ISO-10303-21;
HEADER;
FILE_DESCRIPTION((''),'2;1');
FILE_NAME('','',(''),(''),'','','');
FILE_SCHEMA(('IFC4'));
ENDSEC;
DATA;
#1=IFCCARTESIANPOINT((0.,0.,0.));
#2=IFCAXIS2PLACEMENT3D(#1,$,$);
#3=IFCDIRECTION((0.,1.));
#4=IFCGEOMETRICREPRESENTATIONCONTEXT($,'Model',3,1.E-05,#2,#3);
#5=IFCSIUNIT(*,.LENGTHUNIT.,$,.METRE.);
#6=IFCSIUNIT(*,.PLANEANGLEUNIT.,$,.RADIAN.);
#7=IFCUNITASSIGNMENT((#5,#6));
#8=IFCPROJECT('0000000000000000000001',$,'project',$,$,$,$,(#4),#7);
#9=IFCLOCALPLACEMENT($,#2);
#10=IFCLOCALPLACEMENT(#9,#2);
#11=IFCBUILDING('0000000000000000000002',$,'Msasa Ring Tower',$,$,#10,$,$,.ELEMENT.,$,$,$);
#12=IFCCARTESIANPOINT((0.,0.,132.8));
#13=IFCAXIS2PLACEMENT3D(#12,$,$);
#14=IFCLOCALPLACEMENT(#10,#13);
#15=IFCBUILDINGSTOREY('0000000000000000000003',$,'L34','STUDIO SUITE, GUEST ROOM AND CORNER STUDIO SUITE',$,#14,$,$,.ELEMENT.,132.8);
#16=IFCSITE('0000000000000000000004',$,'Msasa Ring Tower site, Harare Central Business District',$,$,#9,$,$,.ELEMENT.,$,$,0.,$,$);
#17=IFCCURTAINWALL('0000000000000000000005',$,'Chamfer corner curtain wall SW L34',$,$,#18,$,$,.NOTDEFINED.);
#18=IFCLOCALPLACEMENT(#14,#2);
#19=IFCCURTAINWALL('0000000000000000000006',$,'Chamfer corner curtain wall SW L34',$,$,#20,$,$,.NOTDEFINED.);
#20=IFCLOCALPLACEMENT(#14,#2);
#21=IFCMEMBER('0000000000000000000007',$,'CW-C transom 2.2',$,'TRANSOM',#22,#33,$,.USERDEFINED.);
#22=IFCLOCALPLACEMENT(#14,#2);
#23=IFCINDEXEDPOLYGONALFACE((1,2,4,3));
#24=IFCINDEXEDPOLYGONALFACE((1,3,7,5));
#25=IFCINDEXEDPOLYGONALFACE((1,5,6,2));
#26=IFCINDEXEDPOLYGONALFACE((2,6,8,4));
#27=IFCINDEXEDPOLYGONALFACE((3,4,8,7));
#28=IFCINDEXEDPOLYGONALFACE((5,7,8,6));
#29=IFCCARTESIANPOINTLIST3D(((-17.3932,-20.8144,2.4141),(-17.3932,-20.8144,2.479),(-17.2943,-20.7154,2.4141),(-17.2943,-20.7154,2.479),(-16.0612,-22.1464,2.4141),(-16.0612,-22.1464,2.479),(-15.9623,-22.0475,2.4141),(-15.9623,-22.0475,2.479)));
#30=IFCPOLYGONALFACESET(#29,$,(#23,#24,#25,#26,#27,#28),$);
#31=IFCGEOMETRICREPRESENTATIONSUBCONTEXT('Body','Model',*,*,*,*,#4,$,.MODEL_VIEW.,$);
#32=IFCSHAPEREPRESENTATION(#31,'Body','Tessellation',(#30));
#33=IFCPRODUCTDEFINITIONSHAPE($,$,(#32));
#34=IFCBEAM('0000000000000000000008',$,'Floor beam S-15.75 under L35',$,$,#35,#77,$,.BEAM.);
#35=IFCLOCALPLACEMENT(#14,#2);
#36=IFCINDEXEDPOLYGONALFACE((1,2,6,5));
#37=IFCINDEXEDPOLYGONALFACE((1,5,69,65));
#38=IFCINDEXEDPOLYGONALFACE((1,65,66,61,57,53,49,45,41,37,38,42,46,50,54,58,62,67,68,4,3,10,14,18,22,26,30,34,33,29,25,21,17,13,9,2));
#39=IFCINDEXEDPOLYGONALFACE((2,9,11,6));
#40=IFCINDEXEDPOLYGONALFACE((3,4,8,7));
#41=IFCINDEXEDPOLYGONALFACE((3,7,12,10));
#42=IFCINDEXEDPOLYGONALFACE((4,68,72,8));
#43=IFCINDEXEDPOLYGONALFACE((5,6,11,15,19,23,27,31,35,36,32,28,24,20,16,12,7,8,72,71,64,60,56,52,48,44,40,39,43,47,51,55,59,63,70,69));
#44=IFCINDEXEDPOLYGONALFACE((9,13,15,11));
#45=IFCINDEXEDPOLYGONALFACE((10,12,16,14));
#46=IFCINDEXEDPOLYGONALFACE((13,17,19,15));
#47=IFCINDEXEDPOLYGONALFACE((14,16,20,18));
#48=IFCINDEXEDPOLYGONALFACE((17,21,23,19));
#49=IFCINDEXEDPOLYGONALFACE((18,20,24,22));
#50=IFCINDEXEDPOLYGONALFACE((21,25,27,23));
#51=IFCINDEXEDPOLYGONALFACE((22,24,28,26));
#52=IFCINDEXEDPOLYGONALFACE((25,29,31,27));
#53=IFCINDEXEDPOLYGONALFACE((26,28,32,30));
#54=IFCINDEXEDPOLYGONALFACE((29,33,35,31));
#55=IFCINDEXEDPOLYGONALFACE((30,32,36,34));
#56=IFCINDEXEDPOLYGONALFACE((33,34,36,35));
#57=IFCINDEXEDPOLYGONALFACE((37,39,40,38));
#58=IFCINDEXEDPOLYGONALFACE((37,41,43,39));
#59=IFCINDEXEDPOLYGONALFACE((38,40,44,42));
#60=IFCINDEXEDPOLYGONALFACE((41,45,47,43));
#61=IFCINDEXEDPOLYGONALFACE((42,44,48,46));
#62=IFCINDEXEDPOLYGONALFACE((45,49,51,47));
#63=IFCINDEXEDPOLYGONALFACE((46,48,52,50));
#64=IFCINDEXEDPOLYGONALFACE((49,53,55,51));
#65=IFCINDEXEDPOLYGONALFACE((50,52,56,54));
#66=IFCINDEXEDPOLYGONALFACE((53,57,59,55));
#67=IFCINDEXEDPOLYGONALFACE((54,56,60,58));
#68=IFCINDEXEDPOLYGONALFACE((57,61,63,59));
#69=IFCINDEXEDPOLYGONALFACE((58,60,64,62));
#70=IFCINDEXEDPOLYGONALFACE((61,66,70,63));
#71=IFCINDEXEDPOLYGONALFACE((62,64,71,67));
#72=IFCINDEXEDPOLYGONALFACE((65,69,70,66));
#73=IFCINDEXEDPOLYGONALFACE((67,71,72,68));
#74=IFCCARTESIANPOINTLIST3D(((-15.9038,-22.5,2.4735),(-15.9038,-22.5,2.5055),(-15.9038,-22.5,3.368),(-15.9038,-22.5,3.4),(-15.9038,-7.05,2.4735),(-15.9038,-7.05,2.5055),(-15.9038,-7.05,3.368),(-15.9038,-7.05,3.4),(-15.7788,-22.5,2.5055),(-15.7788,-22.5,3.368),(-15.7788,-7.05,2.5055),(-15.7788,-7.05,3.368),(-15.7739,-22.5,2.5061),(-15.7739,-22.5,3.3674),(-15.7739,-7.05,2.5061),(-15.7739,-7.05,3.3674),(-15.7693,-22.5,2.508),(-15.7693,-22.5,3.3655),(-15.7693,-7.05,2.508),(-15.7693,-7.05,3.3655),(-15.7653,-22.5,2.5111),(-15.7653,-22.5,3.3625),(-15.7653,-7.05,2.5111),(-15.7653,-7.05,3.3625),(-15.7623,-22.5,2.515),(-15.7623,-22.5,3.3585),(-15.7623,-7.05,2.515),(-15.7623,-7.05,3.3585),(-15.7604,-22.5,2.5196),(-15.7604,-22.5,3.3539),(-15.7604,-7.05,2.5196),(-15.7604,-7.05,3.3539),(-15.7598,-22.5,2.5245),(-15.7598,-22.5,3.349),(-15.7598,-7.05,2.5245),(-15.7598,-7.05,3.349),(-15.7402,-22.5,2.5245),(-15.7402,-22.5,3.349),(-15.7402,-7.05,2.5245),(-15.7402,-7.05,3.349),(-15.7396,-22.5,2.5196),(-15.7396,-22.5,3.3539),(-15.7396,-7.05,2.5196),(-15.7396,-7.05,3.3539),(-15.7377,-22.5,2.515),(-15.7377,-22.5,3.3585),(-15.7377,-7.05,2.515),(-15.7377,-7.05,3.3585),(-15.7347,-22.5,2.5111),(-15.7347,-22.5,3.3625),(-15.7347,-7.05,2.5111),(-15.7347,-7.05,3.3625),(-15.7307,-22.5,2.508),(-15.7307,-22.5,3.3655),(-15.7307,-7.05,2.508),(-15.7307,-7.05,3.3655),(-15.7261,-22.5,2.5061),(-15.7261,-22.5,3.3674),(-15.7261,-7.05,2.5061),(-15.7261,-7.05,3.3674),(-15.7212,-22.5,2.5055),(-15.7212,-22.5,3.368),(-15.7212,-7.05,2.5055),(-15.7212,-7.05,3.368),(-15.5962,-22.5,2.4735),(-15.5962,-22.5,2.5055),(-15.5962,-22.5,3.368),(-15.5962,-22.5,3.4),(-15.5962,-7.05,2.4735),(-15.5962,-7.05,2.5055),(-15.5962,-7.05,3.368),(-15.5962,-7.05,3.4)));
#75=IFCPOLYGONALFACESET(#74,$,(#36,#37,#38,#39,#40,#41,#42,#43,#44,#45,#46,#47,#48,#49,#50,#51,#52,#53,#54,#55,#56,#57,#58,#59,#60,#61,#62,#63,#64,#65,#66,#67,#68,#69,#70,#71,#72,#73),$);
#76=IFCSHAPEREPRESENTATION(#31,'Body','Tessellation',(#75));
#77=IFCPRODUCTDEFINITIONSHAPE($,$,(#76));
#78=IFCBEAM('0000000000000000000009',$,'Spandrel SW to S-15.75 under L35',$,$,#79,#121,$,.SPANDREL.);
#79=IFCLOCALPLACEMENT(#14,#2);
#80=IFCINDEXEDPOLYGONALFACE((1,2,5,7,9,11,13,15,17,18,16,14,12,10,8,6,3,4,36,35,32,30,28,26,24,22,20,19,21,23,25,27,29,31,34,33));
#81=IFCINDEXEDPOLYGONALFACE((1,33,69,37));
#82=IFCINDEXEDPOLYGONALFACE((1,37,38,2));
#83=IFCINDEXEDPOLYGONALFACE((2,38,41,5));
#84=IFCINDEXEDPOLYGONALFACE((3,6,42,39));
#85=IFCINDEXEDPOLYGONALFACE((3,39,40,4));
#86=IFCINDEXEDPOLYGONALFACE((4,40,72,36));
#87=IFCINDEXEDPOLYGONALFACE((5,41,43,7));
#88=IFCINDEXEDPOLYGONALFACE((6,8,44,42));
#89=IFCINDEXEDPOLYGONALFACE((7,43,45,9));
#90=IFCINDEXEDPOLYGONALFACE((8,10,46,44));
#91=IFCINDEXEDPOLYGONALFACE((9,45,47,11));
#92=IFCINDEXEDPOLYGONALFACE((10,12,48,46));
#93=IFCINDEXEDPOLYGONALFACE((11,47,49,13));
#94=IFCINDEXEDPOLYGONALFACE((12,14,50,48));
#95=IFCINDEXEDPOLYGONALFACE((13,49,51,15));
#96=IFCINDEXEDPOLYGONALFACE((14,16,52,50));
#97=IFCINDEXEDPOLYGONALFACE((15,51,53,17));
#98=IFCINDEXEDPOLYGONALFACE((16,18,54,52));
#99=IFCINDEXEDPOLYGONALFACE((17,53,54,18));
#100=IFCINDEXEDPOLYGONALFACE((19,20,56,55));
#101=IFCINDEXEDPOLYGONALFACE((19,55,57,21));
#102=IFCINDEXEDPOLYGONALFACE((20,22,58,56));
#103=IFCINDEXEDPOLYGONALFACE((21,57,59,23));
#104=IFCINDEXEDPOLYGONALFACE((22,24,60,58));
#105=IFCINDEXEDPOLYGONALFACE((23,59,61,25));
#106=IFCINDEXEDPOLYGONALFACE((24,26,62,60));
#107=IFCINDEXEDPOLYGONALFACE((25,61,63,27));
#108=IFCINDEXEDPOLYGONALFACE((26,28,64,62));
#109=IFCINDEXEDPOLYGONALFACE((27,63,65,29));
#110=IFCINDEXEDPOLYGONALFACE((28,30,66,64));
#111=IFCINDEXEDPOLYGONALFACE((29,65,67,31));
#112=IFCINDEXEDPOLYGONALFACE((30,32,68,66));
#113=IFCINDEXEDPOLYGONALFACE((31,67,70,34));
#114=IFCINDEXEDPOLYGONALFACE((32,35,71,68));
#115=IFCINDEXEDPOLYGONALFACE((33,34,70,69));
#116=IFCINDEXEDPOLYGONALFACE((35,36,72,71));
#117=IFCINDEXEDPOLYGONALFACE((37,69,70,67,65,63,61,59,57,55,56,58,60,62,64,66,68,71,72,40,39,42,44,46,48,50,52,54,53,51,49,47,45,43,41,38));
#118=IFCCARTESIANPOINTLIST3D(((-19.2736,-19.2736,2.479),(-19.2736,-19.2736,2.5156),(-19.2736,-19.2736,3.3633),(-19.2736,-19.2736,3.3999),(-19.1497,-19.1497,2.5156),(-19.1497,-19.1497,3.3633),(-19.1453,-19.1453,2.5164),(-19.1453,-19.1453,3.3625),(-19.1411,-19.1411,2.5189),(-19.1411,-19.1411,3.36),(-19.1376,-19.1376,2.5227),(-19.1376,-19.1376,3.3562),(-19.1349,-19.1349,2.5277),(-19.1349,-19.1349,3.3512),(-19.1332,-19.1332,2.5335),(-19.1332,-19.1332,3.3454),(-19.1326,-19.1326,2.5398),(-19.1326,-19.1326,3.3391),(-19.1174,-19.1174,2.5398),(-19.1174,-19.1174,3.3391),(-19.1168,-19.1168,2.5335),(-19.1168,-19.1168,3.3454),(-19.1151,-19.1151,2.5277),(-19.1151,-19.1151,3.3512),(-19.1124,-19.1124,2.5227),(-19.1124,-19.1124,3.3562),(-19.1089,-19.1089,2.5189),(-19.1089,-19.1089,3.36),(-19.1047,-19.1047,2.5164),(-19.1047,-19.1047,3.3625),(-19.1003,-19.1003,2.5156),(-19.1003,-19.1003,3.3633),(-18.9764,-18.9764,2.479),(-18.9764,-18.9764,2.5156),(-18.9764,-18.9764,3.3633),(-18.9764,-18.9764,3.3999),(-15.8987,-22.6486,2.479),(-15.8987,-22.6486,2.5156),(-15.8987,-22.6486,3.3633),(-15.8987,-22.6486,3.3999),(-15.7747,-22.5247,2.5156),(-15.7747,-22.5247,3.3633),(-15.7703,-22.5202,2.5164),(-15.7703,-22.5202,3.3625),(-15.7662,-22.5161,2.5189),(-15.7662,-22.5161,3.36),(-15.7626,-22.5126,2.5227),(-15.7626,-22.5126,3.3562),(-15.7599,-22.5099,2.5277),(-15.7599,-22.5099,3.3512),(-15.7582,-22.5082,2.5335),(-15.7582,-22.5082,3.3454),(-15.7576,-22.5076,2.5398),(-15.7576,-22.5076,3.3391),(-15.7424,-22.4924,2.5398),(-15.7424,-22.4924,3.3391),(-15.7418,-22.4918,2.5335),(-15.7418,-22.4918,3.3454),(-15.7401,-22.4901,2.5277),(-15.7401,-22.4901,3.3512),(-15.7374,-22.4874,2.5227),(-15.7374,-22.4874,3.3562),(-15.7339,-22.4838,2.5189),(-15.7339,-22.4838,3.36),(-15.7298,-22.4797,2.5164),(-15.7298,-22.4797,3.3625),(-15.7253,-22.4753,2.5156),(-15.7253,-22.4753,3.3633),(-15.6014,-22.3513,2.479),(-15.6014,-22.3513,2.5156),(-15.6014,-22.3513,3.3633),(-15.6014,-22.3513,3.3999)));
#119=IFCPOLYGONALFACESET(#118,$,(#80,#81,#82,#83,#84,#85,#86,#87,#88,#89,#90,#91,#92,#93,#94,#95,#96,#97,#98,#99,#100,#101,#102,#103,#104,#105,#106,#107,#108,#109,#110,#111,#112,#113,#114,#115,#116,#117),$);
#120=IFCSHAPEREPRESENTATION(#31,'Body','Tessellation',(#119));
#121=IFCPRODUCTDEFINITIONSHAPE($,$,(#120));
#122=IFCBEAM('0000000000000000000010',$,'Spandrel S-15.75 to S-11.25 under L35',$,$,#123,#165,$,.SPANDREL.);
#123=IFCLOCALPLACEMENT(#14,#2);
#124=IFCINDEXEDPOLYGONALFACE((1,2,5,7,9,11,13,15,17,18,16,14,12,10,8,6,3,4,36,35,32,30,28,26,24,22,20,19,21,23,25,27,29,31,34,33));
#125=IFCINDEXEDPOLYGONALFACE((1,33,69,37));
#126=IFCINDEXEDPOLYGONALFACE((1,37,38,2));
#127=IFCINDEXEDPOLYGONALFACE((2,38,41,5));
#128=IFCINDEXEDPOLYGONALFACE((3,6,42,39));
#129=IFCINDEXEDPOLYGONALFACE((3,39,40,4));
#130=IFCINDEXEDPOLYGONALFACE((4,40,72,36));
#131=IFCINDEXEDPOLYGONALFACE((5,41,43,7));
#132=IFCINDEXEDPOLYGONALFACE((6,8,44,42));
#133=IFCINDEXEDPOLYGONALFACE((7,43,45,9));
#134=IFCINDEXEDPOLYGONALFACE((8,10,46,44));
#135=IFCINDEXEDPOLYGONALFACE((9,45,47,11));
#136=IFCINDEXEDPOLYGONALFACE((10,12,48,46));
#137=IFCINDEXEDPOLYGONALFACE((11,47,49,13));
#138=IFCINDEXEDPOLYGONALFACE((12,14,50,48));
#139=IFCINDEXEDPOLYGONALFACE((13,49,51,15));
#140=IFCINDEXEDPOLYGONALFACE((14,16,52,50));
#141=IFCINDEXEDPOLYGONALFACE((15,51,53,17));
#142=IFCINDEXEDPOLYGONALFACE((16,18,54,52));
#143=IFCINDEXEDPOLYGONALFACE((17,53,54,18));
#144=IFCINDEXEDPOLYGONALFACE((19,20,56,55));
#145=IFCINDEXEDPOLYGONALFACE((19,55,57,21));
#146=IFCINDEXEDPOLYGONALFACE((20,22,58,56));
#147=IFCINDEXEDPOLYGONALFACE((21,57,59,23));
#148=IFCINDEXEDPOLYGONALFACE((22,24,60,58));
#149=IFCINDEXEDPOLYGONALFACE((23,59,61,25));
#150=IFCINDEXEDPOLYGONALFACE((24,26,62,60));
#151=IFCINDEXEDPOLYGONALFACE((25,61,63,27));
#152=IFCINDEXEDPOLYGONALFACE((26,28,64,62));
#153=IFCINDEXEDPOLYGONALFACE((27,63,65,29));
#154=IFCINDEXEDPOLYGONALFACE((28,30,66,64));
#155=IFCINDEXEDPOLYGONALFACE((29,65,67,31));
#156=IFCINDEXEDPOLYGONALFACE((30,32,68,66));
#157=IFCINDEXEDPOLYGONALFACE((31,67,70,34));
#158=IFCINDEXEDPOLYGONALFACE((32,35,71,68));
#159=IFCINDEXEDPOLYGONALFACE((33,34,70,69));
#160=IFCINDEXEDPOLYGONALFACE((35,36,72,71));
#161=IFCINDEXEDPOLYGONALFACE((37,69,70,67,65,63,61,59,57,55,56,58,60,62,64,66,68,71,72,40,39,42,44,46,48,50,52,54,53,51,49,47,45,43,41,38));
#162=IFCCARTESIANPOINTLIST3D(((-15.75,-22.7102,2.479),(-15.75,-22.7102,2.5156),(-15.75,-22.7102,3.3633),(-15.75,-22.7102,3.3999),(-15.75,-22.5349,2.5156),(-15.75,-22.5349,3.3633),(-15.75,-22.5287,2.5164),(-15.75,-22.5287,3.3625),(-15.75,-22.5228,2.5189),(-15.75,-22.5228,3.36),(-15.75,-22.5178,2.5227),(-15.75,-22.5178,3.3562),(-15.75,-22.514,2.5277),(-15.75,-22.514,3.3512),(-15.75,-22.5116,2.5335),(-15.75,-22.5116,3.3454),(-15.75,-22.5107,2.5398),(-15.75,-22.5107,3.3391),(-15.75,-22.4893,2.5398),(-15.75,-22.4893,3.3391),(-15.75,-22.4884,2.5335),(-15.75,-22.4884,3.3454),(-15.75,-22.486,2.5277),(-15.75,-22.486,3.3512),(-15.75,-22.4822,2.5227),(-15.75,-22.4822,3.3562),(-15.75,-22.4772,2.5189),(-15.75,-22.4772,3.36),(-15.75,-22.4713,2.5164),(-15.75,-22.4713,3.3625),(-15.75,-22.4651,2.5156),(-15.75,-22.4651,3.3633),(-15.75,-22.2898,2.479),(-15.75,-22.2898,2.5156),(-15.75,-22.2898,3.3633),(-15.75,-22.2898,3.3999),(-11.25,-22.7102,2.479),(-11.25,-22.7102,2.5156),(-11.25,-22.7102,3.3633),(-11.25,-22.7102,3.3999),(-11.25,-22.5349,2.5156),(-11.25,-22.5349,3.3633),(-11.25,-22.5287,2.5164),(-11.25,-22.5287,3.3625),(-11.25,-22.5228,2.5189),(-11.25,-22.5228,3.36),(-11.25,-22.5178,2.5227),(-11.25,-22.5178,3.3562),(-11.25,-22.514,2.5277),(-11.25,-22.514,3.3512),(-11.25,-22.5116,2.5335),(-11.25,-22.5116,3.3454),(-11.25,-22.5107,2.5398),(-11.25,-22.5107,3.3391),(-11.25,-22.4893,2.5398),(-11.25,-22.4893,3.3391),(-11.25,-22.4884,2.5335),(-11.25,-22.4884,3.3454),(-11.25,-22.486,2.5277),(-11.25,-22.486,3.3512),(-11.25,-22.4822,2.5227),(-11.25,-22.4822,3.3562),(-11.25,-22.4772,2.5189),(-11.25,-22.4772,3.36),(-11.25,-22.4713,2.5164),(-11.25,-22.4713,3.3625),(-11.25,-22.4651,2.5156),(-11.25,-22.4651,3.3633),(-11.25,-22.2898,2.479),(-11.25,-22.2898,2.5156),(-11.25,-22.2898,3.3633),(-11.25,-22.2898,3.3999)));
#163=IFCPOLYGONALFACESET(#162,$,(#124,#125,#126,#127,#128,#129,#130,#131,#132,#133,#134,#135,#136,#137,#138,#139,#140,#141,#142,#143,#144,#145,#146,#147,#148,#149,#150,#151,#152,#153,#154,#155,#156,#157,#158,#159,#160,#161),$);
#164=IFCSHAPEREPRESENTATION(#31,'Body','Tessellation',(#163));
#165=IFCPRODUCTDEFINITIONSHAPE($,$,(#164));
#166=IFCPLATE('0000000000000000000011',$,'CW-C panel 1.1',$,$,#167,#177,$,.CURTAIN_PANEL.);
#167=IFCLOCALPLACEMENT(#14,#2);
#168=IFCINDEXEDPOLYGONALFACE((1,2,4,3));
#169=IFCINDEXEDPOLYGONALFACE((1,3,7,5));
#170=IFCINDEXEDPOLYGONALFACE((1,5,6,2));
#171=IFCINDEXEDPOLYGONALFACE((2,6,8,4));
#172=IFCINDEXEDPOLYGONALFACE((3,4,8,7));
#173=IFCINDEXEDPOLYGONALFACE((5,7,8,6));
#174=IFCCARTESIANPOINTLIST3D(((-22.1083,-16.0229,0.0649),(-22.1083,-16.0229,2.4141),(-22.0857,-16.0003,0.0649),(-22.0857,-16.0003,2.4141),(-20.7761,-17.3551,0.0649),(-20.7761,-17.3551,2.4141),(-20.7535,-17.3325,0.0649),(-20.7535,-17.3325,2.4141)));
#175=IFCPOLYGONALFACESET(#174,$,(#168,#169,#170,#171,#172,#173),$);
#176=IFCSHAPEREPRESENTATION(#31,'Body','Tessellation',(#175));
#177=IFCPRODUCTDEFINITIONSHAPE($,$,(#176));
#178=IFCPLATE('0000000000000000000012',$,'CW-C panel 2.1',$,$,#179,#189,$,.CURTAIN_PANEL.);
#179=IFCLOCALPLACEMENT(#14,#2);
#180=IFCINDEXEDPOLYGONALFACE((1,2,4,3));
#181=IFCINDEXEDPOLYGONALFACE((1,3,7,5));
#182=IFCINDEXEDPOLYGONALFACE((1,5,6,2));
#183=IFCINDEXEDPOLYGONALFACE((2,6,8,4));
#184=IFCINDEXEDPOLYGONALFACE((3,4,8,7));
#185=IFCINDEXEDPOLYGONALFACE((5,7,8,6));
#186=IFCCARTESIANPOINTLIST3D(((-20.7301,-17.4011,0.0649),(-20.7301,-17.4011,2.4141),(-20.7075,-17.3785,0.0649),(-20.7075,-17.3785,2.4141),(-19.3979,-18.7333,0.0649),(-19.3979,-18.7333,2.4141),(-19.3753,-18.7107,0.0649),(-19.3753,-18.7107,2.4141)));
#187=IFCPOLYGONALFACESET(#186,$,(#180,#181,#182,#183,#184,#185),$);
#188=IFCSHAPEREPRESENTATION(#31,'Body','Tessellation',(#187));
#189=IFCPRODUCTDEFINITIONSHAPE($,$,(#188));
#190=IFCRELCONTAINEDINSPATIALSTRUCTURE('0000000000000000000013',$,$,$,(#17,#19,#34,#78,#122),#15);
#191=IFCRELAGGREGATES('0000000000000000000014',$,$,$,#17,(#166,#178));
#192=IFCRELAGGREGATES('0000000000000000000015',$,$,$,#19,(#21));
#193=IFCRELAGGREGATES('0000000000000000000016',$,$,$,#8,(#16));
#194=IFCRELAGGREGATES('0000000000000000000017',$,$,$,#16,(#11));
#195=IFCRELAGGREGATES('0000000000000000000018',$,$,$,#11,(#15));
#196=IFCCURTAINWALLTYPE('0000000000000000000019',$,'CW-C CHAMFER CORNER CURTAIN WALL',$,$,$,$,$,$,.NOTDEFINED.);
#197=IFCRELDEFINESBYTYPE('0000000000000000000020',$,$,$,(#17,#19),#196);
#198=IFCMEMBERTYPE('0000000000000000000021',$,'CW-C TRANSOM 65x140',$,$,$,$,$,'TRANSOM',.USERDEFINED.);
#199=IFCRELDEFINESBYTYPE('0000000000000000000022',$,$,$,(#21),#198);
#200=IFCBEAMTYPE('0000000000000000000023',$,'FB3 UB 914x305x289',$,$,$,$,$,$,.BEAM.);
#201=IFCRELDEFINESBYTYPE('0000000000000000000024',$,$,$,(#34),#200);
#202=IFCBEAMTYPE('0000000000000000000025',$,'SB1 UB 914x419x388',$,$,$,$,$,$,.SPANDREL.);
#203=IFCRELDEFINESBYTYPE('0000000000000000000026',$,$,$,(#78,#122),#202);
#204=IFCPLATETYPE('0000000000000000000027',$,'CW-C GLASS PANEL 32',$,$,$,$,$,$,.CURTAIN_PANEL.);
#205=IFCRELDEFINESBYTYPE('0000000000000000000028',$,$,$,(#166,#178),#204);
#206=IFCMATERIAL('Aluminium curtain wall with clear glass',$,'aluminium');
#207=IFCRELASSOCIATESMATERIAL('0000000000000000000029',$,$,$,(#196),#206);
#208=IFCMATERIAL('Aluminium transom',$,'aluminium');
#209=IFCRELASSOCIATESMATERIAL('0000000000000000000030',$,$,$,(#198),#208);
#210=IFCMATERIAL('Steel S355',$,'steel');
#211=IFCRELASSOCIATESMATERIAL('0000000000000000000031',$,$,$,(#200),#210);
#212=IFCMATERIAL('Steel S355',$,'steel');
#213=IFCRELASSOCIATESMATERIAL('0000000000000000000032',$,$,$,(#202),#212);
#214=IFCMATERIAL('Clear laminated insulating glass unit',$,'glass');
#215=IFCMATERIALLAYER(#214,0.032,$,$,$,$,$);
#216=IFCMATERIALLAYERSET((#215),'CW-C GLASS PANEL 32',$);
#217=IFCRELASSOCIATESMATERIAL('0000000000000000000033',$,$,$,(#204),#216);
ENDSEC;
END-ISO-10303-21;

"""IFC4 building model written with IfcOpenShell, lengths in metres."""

from ifc_helpers import new_model, si_unit, direction, frame, origin, origin_2d, place, context, subcontext, project, spatial, rectangle, i_section, extrude, material, layer, layer_set, material_profile, profile_set, type_object, element, aggregate, save


model = new_model("IFC4")

# Units and contexts
model_context = context("Model", 3, precision=1e-05, world=origin(), true_north=direction((0.0, 1.0)))
body_context = subcontext(model_context, "Body", "Model", "MODEL_VIEW")
ifc_project = project(units=[si_unit("LENGTHUNIT", "METRE"), si_unit("PLANEANGLEUNIT", "RADIAN")], contexts=[model_context])

# Site, building, storey
site_placement = place(None, origin())
site = spatial("IfcSite", under=ifc_project, at=site_placement, Name="Msasa Ring Tower site, Harare Central Business District", CompositionType="ELEMENT", RefElevation=0.0)
building_placement = place(site_placement, origin())
building = spatial("IfcBuilding", under=site, at=building_placement, Name="Msasa Ring Tower", CompositionType="ELEMENT")
storey_placement = place(building_placement, frame((0.0, 0.0, 132.8)))
storey = spatial("IfcBuildingStorey", under=building, at=storey_placement, Name="L34", Description="STUDIO SUITE, GUEST ROOM AND CORNER STUDIO SUITE", CompositionType="ELEMENT", Elevation=132.8)

# Curtain walls
ifc_material_1 = material(Name="Aluminium curtain wall with clear glass", Category="aluminium")
curtain_wall_type = type_object("IfcCurtainWallType", Name="CW-C CHAMFER CORNER CURTAIN WALL", PredefinedType="NOTDEFINED", material=ifc_material_1)
curtain_wall_1_placement = place(storey_placement, origin())
curtain_wall_1 = element("IfcCurtainWall", 1, at=curtain_wall_1_placement, inside=storey, type_object=curtain_wall_type, Name="Chamfer corner curtain wall SW L34", PredefinedType="NOTDEFINED")
curtain_wall_2_placement = place(storey_placement, origin())
curtain_wall_2 = element("IfcCurtainWall", 2, at=curtain_wall_2_placement, inside=storey, type_object=curtain_wall_type, Name="Chamfer corner curtain wall SW L34", PredefinedType="NOTDEFINED")

# Member
ifc_material_2 = material(Name="Aluminium transom", Category="aluminium")
ifc_material_profile_1 = material_profile(ifc_material_2, rectangle(XDim=0.1399, YDim=0.0649, at=origin_2d()), Name="AL 65x140")
ifc_profile_set_1 = profile_set([ifc_material_profile_1], Name="Aluminium transom")
member_type_1 = type_object("IfcMemberType", Name="CW-C TRANSOM 65x140", ElementType="TRANSOM", PredefinedType="USERDEFINED", material=ifc_profile_set_1)
member_1_placement = place(storey_placement, frame((-17.3438, -20.7649, 2.4465), z_axis=(0.707107, -0.707107, 0.0), x_axis=(0.707107, 0.707107, 0.0)))
member_1 = element("IfcMember", 3, at=member_1_placement, type_object=member_type_1, Name="CW-C transom 2.2", ObjectType="TRANSOM", PredefinedType="USERDEFINED", context=body_context, shape_type="SweptSolid", body=[
    extrude(rectangle(XDim=0.1399, YDim=0.0649, at=origin_2d()), origin(), (0.0, 0.0, 1.0), 1.8838),
])

# Beams
ifc_material_3 = material(Name="Steel S355", Category="steel")
ifc_material_profile_2 = material_profile(ifc_material_3, i_section(OverallWidth=0.3076, OverallDepth=0.9265, WebThickness=0.0195, FlangeThickness=0.032, FilletRadius=0.019, at=origin_2d()), Name="UB 914x305x289")
ifc_profile_set_2 = profile_set([ifc_material_profile_2], Name="Steel S355")
beam_type_1 = type_object("IfcBeamType", Name="FB3 UB 914x305x289", PredefinedType="BEAM", material=ifc_profile_set_2)
beam_1_placement = place(storey_placement, frame((-15.75, -22.5, 2.9368), z_axis=(0.0, 1.0, 0.0), x_axis=(-1.0, 0.0, 0.0)))
element("IfcBeam", 4, at=beam_1_placement, inside=storey, type_object=beam_type_1, Name="Floor beam S-15.75 under L35", PredefinedType="BEAM", context=body_context, shape_type="SweptSolid", body=[
    extrude(i_section(OverallWidth=0.3076, OverallDepth=0.9265, WebThickness=0.0195, FlangeThickness=0.032, FilletRadius=0.019, at=origin_2d()), origin(), (0.0, 0.0, 1.0), 15.45),
])
ifc_material_4 = material(Name="Steel S355", Category="steel")
ifc_material_profile_3 = material_profile(ifc_material_4, i_section(OverallWidth=0.4204, OverallDepth=0.9209, WebThickness=0.0215, FlangeThickness=0.0366, FilletRadius=0.0242, at=origin_2d()), Name="UB 914x419x388")
ifc_profile_set_3 = profile_set([ifc_material_profile_3], Name="Steel S355")
beam_type_2 = type_object("IfcBeamType", Name="SB1 UB 914x419x388", PredefinedType="SPANDREL", material=ifc_profile_set_3)
beam_2_placement = place(storey_placement, frame((-19.125, -19.125, 2.9395), z_axis=(0.707107, -0.707107, 0.0), x_axis=(0.707107, 0.707107, 0.0)))
element("IfcBeam", 5, at=beam_2_placement, inside=storey, type_object=beam_type_2, Name="Spandrel SW to S-15.75 under L35", PredefinedType="SPANDREL", context=body_context, shape_type="SweptSolid", body=[
    extrude(i_section(OverallWidth=0.4204, OverallDepth=0.9209, WebThickness=0.0215, FlangeThickness=0.0366, FilletRadius=0.0242, at=origin_2d()), origin(), (0.0, 0.0, 1.0), 4.7729),
])
beam_3_placement = place(storey_placement, frame((-15.75, -22.5, 2.9395), z_axis=(1.0, 0.0, 0.0), x_axis=(0.0, 1.0, 0.0)))
element("IfcBeam", 6, at=beam_3_placement, inside=storey, type_object=beam_type_2, Name="Spandrel S-15.75 to S-11.25 under L35", PredefinedType="SPANDREL", context=body_context, shape_type="SweptSolid", body=[
    extrude(i_section(OverallWidth=0.4204, OverallDepth=0.9209, WebThickness=0.0215, FlangeThickness=0.0366, FilletRadius=0.0242, at=origin_2d()), origin(), (0.0, 0.0, 1.0), 4.5),
])

# Plates
ifc_material_5 = material(Name="Clear laminated insulating glass unit", Category="glass")
ifc_layer_1 = layer(ifc_material_5, 0.032)
ifc_layer_set_1 = layer_set([ifc_layer_1], Name="CW-C GLASS PANEL 32")
plate_type = type_object("IfcPlateType", Name="CW-C GLASS PANEL 32", PredefinedType="CURTAIN_PANEL", material=ifc_layer_set_1)
plate_1_placement = place(storey_placement, frame((-21.4309, -16.6777, 0.0649), z_axis=(0.0, 0.0, 1.0), x_axis=(0.707107, -0.707107, 0.0)))
plate_1 = element("IfcPlate", 7, at=plate_1_placement, type_object=plate_type, Name="CW-C panel 1.1", PredefinedType="CURTAIN_PANEL", context=body_context, shape_type="SweptSolid", body=[
    extrude(rectangle(XDim=1.884, YDim=0.032, at=origin_2d()), origin(), (0.0, 0.0, 1.0), 2.3491),
])
plate_2_placement = place(storey_placement, frame((-20.0527, -18.0559, 0.0649), z_axis=(0.0, 0.0, 1.0), x_axis=(0.707107, -0.707107, 0.0)))
plate_2 = element("IfcPlate", 8, at=plate_2_placement, type_object=plate_type, Name="CW-C panel 2.1", PredefinedType="CURTAIN_PANEL", context=body_context, shape_type="SweptSolid", body=[
    extrude(rectangle(XDim=1.884, YDim=0.032, at=origin_2d()), origin(), (0.0, 0.0, 1.0), 2.3491),
])
aggregate(curtain_wall_1, [plate_1, plate_2])
aggregate(curtain_wall_2, [member_1])

save(model, "model.ifc")
